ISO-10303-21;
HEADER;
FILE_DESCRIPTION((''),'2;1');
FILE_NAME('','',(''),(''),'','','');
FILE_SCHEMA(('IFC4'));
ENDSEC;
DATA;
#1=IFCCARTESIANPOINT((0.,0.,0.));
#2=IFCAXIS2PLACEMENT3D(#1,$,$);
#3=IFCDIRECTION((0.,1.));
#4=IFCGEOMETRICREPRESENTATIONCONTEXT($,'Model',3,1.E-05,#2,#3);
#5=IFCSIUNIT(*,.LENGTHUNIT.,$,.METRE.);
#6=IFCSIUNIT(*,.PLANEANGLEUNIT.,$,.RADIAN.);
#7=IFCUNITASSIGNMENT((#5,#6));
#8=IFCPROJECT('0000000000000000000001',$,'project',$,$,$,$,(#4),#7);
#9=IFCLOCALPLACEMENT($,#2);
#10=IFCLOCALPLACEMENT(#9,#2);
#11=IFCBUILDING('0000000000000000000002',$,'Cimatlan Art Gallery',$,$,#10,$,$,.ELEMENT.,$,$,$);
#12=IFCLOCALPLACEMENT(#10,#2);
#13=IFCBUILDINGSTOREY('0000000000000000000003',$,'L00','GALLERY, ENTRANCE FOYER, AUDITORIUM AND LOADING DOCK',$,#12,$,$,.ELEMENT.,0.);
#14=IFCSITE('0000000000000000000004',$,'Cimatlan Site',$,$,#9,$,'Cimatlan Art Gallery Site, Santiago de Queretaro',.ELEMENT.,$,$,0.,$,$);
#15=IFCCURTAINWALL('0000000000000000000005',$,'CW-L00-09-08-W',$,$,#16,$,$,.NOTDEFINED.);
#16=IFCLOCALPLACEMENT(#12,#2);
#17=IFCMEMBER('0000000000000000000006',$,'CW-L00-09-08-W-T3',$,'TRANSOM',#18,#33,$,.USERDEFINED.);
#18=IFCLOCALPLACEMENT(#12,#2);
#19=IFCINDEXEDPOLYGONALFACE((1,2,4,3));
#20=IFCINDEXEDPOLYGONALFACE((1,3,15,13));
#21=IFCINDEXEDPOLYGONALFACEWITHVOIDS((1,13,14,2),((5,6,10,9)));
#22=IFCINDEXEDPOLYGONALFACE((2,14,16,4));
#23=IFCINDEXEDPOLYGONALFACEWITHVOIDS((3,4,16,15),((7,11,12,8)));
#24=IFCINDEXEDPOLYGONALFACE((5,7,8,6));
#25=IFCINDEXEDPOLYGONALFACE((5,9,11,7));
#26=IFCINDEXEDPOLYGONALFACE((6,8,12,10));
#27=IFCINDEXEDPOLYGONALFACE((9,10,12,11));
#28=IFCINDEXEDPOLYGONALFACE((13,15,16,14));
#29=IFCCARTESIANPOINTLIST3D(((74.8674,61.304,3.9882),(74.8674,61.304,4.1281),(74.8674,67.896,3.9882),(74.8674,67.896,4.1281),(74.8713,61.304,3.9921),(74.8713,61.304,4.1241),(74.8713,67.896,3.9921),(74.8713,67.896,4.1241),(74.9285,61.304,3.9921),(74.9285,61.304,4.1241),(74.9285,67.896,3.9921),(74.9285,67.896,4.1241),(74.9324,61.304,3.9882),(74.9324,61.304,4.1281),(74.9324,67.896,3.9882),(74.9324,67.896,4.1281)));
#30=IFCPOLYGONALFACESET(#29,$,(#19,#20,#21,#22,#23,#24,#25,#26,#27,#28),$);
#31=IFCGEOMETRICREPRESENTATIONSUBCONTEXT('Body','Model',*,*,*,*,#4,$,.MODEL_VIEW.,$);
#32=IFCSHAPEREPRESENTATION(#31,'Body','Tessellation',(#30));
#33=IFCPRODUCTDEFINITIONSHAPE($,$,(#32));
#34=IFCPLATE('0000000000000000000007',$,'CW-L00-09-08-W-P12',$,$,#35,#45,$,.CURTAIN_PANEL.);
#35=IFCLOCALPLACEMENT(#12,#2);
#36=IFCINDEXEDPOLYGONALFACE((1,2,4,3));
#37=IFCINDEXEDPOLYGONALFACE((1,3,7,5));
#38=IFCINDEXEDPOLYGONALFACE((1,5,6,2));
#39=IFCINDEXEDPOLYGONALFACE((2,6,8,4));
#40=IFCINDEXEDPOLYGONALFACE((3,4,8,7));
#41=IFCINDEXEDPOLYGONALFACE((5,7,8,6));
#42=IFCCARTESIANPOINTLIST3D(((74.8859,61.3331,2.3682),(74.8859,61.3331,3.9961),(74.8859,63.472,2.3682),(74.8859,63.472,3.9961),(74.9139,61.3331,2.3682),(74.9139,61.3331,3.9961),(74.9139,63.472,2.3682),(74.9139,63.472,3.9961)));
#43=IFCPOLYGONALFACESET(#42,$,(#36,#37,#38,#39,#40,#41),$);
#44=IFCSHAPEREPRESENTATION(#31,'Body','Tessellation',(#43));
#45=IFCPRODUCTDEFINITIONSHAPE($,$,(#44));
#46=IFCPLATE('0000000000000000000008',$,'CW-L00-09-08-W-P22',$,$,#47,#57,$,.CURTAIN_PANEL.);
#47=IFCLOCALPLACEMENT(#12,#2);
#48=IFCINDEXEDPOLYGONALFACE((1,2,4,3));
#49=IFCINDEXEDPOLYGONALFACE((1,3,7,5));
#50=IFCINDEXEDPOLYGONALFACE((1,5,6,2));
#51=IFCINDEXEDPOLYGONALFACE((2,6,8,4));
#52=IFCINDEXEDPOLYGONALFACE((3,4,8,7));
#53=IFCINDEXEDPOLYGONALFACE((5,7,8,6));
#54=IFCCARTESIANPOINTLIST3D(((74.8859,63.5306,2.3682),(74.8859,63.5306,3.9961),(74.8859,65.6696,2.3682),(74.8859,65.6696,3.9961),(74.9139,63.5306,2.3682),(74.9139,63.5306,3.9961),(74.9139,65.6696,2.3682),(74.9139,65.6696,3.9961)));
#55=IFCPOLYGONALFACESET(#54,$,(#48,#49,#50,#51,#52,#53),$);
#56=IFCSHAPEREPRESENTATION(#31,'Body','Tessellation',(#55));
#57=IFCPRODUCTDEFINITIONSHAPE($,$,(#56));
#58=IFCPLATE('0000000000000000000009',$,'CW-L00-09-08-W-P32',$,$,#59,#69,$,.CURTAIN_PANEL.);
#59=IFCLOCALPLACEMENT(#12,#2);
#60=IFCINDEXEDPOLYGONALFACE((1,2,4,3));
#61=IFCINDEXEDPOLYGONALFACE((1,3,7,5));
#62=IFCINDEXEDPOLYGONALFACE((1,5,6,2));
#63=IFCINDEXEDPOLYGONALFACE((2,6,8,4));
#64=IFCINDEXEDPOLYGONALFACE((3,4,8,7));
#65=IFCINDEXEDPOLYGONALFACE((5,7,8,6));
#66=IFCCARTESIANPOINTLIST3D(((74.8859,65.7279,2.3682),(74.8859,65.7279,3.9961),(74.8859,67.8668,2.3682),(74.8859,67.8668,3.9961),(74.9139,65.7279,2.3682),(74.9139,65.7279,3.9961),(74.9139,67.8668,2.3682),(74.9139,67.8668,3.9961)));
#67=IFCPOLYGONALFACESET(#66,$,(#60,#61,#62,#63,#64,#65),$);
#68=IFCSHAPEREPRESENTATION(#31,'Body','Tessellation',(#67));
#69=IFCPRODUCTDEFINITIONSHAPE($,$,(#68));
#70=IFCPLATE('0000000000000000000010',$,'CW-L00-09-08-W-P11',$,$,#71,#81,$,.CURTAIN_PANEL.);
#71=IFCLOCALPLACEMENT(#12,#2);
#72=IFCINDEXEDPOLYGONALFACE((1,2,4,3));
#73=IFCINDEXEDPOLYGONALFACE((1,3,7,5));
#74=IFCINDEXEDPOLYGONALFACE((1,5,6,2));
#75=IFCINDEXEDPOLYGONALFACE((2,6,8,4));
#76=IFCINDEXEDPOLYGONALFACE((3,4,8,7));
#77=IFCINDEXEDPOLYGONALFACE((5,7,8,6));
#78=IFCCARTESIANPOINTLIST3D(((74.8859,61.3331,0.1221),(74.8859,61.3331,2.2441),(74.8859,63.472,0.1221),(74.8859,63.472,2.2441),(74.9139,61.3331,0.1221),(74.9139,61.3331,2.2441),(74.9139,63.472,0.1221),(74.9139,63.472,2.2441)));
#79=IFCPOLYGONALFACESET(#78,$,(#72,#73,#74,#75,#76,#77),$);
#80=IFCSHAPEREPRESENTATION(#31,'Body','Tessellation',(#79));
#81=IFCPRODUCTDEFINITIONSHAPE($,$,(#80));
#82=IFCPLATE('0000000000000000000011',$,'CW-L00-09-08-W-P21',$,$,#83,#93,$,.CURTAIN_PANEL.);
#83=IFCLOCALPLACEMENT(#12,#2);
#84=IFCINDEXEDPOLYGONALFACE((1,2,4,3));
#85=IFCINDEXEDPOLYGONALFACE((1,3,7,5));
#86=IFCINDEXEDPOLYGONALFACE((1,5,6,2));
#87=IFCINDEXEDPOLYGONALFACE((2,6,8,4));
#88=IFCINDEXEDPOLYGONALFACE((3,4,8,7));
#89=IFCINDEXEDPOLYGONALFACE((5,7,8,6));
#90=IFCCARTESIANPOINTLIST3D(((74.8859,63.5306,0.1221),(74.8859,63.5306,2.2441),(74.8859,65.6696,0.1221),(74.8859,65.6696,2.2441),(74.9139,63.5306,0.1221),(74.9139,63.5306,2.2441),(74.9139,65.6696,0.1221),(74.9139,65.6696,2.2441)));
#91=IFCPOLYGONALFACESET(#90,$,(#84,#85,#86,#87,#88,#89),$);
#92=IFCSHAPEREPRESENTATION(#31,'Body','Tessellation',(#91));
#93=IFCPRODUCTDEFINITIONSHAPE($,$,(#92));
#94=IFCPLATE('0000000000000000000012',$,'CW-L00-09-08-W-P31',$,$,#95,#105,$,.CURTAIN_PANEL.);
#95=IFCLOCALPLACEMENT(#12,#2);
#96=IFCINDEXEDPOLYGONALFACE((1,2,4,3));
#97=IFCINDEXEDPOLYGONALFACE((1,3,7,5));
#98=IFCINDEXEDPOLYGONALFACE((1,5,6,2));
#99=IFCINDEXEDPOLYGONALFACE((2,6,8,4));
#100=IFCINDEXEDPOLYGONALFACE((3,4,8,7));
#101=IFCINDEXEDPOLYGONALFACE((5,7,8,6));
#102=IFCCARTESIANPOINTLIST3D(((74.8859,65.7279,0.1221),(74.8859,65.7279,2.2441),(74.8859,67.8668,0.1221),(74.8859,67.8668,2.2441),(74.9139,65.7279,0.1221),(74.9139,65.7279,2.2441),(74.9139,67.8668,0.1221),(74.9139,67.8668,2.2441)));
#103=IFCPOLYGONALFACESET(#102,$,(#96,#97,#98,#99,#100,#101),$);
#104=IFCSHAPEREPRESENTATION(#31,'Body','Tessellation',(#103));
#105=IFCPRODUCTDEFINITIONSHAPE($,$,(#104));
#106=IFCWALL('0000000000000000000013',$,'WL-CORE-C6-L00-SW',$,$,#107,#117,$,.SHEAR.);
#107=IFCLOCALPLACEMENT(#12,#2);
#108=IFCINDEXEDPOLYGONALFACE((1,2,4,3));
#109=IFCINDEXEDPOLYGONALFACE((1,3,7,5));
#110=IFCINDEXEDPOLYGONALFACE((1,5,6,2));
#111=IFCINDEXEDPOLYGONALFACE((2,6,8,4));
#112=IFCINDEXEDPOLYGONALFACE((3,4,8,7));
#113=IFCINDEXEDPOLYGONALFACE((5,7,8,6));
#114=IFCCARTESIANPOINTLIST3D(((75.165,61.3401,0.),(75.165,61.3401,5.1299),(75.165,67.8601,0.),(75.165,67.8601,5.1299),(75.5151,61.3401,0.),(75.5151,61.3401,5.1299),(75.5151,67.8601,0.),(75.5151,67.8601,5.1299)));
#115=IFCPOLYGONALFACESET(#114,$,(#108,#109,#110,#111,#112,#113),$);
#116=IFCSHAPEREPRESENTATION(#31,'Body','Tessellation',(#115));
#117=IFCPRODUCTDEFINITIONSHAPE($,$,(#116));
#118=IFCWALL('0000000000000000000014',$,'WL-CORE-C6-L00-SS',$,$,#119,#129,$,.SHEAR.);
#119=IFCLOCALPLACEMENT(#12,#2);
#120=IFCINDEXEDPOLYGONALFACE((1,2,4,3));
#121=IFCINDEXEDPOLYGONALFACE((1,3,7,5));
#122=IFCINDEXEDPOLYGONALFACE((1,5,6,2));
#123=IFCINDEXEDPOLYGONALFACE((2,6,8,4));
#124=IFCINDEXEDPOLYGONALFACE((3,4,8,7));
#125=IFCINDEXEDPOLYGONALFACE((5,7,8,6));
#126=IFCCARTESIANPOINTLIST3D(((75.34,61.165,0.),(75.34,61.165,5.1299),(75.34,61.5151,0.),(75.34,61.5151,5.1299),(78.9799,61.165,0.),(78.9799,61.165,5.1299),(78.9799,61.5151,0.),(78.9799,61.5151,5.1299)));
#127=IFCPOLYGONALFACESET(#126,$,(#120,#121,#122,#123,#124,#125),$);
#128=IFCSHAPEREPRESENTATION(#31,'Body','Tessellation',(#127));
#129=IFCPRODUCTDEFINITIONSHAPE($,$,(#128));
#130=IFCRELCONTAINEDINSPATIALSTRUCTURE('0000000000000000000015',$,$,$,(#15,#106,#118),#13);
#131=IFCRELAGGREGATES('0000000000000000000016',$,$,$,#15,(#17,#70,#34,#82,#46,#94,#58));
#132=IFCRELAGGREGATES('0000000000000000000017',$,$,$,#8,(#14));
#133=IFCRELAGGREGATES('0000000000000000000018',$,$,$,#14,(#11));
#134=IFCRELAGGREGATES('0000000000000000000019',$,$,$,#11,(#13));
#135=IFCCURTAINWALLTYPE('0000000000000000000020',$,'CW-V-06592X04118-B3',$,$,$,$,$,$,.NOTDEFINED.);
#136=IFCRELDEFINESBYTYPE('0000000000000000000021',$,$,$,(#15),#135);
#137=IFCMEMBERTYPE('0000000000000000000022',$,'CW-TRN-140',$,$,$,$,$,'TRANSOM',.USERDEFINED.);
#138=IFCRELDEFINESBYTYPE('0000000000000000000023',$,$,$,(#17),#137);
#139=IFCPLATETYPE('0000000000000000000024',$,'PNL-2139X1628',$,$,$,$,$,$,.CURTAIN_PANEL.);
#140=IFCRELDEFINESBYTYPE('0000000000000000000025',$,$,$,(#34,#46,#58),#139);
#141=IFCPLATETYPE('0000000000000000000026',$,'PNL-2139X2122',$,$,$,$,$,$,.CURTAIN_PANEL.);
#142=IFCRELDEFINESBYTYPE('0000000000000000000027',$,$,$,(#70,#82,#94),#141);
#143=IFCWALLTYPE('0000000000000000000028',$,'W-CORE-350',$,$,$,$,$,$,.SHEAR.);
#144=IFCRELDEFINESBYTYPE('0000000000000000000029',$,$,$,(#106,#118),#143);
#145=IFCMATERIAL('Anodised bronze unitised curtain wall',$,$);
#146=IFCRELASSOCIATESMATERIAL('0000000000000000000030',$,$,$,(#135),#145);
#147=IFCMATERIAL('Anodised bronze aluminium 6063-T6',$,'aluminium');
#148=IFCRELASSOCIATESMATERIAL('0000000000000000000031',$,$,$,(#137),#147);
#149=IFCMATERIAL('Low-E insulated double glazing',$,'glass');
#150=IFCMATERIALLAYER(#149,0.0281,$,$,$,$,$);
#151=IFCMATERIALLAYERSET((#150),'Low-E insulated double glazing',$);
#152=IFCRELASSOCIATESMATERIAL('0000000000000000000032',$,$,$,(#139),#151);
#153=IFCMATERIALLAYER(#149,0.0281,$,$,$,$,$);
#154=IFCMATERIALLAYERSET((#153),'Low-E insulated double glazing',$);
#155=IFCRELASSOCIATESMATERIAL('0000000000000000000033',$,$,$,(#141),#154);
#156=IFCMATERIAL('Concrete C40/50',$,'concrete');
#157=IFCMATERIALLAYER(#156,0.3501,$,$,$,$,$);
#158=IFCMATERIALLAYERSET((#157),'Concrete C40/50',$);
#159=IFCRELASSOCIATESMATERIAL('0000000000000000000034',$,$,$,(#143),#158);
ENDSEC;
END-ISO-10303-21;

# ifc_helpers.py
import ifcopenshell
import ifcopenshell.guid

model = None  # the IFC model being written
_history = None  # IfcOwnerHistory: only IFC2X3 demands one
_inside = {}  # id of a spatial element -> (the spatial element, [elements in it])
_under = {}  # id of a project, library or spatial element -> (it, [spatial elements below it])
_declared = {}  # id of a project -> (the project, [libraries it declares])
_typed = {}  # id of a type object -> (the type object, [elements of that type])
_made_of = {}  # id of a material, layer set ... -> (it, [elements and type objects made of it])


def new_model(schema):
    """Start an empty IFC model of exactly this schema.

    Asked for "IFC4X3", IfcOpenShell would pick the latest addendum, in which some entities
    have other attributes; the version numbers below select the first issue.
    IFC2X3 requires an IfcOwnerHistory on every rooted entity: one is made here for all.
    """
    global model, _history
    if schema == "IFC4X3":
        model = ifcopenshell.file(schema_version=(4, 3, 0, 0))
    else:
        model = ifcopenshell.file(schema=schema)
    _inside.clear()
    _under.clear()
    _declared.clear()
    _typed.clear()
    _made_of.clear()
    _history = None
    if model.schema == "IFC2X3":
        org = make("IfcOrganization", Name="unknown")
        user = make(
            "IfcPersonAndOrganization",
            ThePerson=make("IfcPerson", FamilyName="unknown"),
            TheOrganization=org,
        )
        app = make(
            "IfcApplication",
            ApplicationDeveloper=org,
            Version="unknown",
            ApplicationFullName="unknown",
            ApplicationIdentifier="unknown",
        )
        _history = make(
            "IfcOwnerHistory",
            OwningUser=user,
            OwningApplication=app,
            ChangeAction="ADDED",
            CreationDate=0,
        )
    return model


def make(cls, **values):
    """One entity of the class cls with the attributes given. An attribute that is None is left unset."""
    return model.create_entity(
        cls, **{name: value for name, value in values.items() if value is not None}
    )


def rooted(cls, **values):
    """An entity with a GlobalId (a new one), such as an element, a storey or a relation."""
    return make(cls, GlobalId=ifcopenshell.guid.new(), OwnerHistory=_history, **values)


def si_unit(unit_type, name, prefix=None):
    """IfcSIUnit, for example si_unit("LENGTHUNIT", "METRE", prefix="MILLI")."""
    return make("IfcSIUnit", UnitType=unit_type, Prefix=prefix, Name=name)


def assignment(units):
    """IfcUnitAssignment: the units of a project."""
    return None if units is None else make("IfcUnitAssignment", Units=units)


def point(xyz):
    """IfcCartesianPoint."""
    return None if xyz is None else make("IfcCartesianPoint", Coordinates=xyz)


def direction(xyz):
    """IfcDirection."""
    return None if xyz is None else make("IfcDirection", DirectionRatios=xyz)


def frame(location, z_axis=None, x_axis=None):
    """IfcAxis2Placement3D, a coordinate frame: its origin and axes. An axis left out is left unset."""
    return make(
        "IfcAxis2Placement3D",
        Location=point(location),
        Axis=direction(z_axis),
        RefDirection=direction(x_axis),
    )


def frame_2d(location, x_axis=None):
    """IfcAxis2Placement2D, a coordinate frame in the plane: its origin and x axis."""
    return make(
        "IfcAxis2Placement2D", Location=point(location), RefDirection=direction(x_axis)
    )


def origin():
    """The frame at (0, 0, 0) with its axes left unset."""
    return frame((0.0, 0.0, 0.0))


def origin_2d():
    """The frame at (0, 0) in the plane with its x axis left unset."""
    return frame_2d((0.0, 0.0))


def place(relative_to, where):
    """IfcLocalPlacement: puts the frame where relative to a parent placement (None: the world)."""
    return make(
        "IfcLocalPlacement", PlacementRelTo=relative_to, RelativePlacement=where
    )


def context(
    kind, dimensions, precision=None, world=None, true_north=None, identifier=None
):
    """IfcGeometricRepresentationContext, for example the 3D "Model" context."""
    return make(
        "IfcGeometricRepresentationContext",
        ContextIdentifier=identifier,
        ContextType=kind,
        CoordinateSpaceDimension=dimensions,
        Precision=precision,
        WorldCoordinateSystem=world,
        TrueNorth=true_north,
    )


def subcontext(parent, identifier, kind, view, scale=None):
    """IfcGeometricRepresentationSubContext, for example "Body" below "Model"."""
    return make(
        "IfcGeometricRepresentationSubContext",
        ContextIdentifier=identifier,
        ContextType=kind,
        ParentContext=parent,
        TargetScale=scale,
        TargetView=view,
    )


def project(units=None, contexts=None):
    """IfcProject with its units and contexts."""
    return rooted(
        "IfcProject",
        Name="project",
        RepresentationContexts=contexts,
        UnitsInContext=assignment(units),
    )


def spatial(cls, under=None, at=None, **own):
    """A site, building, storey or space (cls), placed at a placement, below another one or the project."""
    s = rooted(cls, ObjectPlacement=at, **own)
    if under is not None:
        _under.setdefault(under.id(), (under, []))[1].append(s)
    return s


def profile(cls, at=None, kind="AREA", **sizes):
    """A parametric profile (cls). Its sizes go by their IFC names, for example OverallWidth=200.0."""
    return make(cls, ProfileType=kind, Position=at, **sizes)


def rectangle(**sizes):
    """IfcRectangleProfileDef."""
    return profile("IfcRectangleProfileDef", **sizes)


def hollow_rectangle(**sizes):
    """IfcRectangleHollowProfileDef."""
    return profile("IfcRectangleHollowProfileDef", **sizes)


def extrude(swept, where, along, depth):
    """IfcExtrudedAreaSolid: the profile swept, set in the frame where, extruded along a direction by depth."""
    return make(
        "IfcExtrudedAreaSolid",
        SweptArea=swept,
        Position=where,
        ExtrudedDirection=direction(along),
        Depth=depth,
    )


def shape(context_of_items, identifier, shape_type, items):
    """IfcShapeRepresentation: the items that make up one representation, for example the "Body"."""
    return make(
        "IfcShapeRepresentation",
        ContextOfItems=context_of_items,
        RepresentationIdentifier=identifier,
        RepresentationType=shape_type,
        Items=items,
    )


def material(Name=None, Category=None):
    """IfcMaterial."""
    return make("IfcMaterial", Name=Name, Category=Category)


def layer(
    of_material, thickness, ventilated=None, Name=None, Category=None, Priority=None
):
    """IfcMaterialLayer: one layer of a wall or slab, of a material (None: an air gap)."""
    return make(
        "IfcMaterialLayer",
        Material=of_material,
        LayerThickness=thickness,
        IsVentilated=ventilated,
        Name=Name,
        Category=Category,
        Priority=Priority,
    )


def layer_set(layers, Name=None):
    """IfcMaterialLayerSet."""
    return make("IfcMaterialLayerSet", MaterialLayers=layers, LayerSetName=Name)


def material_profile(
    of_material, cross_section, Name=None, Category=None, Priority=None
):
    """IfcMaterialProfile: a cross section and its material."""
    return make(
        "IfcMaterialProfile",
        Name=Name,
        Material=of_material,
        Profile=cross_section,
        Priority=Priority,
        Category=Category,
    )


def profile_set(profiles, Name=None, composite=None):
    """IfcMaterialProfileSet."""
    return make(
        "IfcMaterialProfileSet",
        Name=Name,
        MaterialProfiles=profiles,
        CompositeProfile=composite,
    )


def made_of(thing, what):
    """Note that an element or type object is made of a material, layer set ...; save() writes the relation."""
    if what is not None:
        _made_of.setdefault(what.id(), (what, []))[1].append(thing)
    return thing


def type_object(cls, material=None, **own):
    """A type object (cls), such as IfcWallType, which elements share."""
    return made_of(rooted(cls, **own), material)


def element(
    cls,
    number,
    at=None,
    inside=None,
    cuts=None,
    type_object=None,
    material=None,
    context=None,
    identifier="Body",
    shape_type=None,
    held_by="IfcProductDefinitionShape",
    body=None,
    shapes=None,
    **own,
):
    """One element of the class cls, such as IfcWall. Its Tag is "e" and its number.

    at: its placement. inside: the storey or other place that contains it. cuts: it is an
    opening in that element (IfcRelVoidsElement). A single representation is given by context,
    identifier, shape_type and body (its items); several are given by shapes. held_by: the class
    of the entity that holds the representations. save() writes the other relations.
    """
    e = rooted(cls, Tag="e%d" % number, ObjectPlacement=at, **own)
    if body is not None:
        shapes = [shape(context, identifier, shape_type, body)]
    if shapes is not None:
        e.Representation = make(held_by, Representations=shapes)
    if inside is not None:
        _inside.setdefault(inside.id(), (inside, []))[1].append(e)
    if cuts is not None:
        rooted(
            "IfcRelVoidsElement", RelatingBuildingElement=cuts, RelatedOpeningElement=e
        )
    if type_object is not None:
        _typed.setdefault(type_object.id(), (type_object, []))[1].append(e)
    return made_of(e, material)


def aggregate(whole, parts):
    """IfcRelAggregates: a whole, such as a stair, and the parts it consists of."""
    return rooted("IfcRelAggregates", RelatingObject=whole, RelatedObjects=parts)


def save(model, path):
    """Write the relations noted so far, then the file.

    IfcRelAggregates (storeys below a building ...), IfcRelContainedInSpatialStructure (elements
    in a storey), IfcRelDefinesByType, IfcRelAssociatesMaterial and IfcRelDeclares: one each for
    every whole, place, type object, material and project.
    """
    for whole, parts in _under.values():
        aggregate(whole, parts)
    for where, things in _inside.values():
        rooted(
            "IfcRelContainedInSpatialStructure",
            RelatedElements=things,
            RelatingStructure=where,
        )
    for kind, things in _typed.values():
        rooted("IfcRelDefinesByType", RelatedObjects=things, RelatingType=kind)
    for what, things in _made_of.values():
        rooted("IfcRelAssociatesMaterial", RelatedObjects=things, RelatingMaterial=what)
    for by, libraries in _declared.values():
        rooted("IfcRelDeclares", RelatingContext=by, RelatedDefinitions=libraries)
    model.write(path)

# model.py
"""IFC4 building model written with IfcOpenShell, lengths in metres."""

from ifc_helpers import new_model, si_unit, direction, frame, frame_2d, origin, origin_2d, place, context, subcontext, project, spatial, rectangle, hollow_rectangle, extrude, material, layer, layer_set, material_profile, profile_set, type_object, element, aggregate, save


model = new_model("IFC4")

# Units and contexts
model_context = context("Model", 3, precision=1e-05, world=origin(), true_north=direction((0.0, 1.0)))
body_context = subcontext(model_context, "Body", "Model", "MODEL_VIEW")
ifc_project = project(units=[si_unit("LENGTHUNIT", "METRE"), si_unit("PLANEANGLEUNIT", "RADIAN")], contexts=[model_context])

# Site, building, storey
site_placement = place(None, origin())
site = spatial("IfcSite", under=ifc_project, at=site_placement, Name="Cimatlan Site", LongName="Cimatlan Art Gallery Site, Santiago de Queretaro", CompositionType="ELEMENT", RefElevation=0.0)
building_placement = place(site_placement, origin())
building = spatial("IfcBuilding", under=site, at=building_placement, Name="Cimatlan Art Gallery", CompositionType="ELEMENT")
storey_placement = place(building_placement, origin())
storey = spatial("IfcBuildingStorey", under=building, at=storey_placement, Name="L00", Description="GALLERY, ENTRANCE FOYER, AUDITORIUM AND LOADING DOCK", CompositionType="ELEMENT", Elevation=0.0)

# Curtain wall, member, plates
ifc_material_1 = material(Name="Anodised bronze unitised curtain wall")
curtain_wall_type = type_object("IfcCurtainWallType", Name="CW-V-06592X04118-B3", PredefinedType="NOTDEFINED", material=ifc_material_1)
curtain_wall_placement = place(storey_placement, origin())
curtain_wall = element("IfcCurtainWall", 1, at=curtain_wall_placement, inside=storey, type_object=curtain_wall_type, Name="CW-L00-09-08-W", PredefinedType="NOTDEFINED")
ifc_material_2 = material(Name="Anodised bronze aluminium 6063-T6", Category="aluminium")
ifc_material_profile_1 = material_profile(ifc_material_2, hollow_rectangle(XDim=0.0649, YDim=0.1399, WallThickness=0.0039, at=origin_2d()), Name="ALU65X140X4")
ifc_profile_set_1 = profile_set([ifc_material_profile_1], Name="Anodised bronze aluminium 6063-T6")
member_type_1 = type_object("IfcMemberType", Name="CW-TRN-140", ElementType="TRANSOM", PredefinedType="USERDEFINED", material=ifc_profile_set_1)
member_1_placement = place(storey_placement, frame((74.8999, 61.304, 4.0581), z_axis=(0.0, 1.0, 0.0), x_axis=(-1.0, 0.0, 0.0)))
member_1 = element("IfcMember", 2, at=member_1_placement, type_object=member_type_1, Name="CW-L00-09-08-W-T3", ObjectType="TRANSOM", PredefinedType="USERDEFINED", context=body_context, shape_type="SweptSolid", body=[
    extrude(hollow_rectangle(XDim=0.0649, YDim=0.1399, WallThickness=0.0039, at=origin_2d()), origin(), (0.0, 0.0, 1.0), 6.592),
])
ifc_material_3 = material(Name="Low-E insulated double glazing", Category="glass")
ifc_layer_1 = layer(ifc_material_3, 0.0281)
ifc_layer_set_1 = layer_set([ifc_layer_1], Name="Low-E insulated double glazing")
plate_type_1 = type_object("IfcPlateType", Name="PNL-2139X1628", PredefinedType="CURTAIN_PANEL", material=ifc_layer_set_1)
plate_1_placement = place(storey_placement, frame((74.8999, 62.4026, 2.3682), z_axis=(0.0, 0.0, 1.0), x_axis=(0.0, 1.0, 0.0)))
plate_1 = element("IfcPlate", 3, at=plate_1_placement, type_object=plate_type_1, Name="CW-L00-09-08-W-P12", PredefinedType="CURTAIN_PANEL", context=body_context, shape_type="SweptSolid", body=[
    extrude(rectangle(XDim=2.1389, YDim=0.0281, at=origin_2d()), origin(), (0.0, 0.0, 1.0), 1.6279),
])
plate_2_placement = place(storey_placement, frame((74.8999, 64.6001, 2.3682), z_axis=(0.0, 0.0, 1.0), x_axis=(0.0, 1.0, 0.0)))
plate_2 = element("IfcPlate", 4, at=plate_2_placement, type_object=plate_type_1, Name="CW-L00-09-08-W-P22", PredefinedType="CURTAIN_PANEL", context=body_context, shape_type="SweptSolid", body=[
    extrude(rectangle(XDim=2.1389, YDim=0.0281, at=origin_2d()), origin(), (0.0, 0.0, 1.0), 1.6279),
])
plate_3_placement = place(storey_placement, frame((74.8999, 66.7974, 2.3682), z_axis=(0.0, 0.0, 1.0), x_axis=(0.0, 1.0, 0.0)))
plate_3 = element("IfcPlate", 5, at=plate_3_placement, type_object=plate_type_1, Name="CW-L00-09-08-W-P32", PredefinedType="CURTAIN_PANEL", context=body_context, shape_type="SweptSolid", body=[
    extrude(rectangle(XDim=2.1389, YDim=0.0281, at=origin_2d()), origin(), (0.0, 0.0, 1.0), 1.6279),
])
ifc_layer_2 = layer(ifc_material_3, 0.0281)
ifc_layer_set_2 = layer_set([ifc_layer_2], Name="Low-E insulated double glazing")
plate_type_2 = type_object("IfcPlateType", Name="PNL-2139X2122", PredefinedType="CURTAIN_PANEL", material=ifc_layer_set_2)
plate_4_placement = place(storey_placement, frame((74.8999, 62.4026, 0.1221), z_axis=(0.0, 0.0, 1.0), x_axis=(0.0, 1.0, 0.0)))
plate_4 = element("IfcPlate", 6, at=plate_4_placement, type_object=plate_type_2, Name="CW-L00-09-08-W-P11", PredefinedType="CURTAIN_PANEL", context=body_context, shape_type="SweptSolid", body=[
    extrude(rectangle(XDim=2.1389, YDim=0.0281, at=origin_2d()), origin(), (0.0, 0.0, 1.0), 2.1221),
])
plate_5_placement = place(storey_placement, frame((74.8999, 64.6001, 0.1221), z_axis=(0.0, 0.0, 1.0), x_axis=(0.0, 1.0, 0.0)))
plate_5 = element("IfcPlate", 7, at=plate_5_placement, type_object=plate_type_2, Name="CW-L00-09-08-W-P21", PredefinedType="CURTAIN_PANEL", context=body_context, shape_type="SweptSolid", body=[
    extrude(rectangle(XDim=2.1389, YDim=0.0281, at=origin_2d()), origin(), (0.0, 0.0, 1.0), 2.1221),
])
plate_6_placement = place(storey_placement, frame((74.8999, 66.7974, 0.1221), z_axis=(0.0, 0.0, 1.0), x_axis=(0.0, 1.0, 0.0)))
plate_6 = element("IfcPlate", 8, at=plate_6_placement, type_object=plate_type_2, Name="CW-L00-09-08-W-P31", PredefinedType="CURTAIN_PANEL", context=body_context, shape_type="SweptSolid", body=[
    extrude(rectangle(XDim=2.1389, YDim=0.0281, at=origin_2d()), origin(), (0.0, 0.0, 1.0), 2.1221),
])
aggregate(curtain_wall, [member_1, plate_4, plate_1, plate_5, plate_2, plate_6, plate_3])

# Walls
ifc_material_4 = material(Name="Concrete C40/50", Category="concrete")
ifc_layer_3 = layer(ifc_material_4, 0.3501)
ifc_layer_set_3 = layer_set([ifc_layer_3], Name="Concrete C40/50")
wall_type = type_object("IfcWallType", Name="W-CORE-350", PredefinedType="SHEAR", material=ifc_layer_set_3)
wall_1_placement = place(storey_placement, frame((75.3401, 61.3401, 0.0), z_axis=(0.0, 0.0, 1.0), x_axis=(0.0, 1.0, 0.0)))
element("IfcWall", 9, at=wall_1_placement, inside=storey, type_object=wall_type, Name="WL-CORE-C6-L00-SW", PredefinedType="SHEAR", context=body_context, shape_type="SweptSolid", body=[
    extrude(rectangle(XDim=6.52, YDim=0.3501, at=frame_2d((3.26, 0.0))), origin(), (0.0, 0.0, 1.0), 5.1299),
])
wall_2_placement = place(storey_placement, frame((75.3401, 61.3401, 0.0), z_axis=(0.0, 0.0, 1.0), x_axis=(1.0, 0.0, 0.0)))
element("IfcWall", 10, at=wall_2_placement, inside=storey, type_object=wall_type, Name="WL-CORE-C6-L00-SS", PredefinedType="SHEAR", context=body_context, shape_type="SweptSolid", body=[
    extrude(rectangle(XDim=3.6399, YDim=0.3501, at=frame_2d((1.8198, 0.0))), origin(), (0.0, 0.0, 1.0), 5.1299),
])

save(model, "model.ifc")
